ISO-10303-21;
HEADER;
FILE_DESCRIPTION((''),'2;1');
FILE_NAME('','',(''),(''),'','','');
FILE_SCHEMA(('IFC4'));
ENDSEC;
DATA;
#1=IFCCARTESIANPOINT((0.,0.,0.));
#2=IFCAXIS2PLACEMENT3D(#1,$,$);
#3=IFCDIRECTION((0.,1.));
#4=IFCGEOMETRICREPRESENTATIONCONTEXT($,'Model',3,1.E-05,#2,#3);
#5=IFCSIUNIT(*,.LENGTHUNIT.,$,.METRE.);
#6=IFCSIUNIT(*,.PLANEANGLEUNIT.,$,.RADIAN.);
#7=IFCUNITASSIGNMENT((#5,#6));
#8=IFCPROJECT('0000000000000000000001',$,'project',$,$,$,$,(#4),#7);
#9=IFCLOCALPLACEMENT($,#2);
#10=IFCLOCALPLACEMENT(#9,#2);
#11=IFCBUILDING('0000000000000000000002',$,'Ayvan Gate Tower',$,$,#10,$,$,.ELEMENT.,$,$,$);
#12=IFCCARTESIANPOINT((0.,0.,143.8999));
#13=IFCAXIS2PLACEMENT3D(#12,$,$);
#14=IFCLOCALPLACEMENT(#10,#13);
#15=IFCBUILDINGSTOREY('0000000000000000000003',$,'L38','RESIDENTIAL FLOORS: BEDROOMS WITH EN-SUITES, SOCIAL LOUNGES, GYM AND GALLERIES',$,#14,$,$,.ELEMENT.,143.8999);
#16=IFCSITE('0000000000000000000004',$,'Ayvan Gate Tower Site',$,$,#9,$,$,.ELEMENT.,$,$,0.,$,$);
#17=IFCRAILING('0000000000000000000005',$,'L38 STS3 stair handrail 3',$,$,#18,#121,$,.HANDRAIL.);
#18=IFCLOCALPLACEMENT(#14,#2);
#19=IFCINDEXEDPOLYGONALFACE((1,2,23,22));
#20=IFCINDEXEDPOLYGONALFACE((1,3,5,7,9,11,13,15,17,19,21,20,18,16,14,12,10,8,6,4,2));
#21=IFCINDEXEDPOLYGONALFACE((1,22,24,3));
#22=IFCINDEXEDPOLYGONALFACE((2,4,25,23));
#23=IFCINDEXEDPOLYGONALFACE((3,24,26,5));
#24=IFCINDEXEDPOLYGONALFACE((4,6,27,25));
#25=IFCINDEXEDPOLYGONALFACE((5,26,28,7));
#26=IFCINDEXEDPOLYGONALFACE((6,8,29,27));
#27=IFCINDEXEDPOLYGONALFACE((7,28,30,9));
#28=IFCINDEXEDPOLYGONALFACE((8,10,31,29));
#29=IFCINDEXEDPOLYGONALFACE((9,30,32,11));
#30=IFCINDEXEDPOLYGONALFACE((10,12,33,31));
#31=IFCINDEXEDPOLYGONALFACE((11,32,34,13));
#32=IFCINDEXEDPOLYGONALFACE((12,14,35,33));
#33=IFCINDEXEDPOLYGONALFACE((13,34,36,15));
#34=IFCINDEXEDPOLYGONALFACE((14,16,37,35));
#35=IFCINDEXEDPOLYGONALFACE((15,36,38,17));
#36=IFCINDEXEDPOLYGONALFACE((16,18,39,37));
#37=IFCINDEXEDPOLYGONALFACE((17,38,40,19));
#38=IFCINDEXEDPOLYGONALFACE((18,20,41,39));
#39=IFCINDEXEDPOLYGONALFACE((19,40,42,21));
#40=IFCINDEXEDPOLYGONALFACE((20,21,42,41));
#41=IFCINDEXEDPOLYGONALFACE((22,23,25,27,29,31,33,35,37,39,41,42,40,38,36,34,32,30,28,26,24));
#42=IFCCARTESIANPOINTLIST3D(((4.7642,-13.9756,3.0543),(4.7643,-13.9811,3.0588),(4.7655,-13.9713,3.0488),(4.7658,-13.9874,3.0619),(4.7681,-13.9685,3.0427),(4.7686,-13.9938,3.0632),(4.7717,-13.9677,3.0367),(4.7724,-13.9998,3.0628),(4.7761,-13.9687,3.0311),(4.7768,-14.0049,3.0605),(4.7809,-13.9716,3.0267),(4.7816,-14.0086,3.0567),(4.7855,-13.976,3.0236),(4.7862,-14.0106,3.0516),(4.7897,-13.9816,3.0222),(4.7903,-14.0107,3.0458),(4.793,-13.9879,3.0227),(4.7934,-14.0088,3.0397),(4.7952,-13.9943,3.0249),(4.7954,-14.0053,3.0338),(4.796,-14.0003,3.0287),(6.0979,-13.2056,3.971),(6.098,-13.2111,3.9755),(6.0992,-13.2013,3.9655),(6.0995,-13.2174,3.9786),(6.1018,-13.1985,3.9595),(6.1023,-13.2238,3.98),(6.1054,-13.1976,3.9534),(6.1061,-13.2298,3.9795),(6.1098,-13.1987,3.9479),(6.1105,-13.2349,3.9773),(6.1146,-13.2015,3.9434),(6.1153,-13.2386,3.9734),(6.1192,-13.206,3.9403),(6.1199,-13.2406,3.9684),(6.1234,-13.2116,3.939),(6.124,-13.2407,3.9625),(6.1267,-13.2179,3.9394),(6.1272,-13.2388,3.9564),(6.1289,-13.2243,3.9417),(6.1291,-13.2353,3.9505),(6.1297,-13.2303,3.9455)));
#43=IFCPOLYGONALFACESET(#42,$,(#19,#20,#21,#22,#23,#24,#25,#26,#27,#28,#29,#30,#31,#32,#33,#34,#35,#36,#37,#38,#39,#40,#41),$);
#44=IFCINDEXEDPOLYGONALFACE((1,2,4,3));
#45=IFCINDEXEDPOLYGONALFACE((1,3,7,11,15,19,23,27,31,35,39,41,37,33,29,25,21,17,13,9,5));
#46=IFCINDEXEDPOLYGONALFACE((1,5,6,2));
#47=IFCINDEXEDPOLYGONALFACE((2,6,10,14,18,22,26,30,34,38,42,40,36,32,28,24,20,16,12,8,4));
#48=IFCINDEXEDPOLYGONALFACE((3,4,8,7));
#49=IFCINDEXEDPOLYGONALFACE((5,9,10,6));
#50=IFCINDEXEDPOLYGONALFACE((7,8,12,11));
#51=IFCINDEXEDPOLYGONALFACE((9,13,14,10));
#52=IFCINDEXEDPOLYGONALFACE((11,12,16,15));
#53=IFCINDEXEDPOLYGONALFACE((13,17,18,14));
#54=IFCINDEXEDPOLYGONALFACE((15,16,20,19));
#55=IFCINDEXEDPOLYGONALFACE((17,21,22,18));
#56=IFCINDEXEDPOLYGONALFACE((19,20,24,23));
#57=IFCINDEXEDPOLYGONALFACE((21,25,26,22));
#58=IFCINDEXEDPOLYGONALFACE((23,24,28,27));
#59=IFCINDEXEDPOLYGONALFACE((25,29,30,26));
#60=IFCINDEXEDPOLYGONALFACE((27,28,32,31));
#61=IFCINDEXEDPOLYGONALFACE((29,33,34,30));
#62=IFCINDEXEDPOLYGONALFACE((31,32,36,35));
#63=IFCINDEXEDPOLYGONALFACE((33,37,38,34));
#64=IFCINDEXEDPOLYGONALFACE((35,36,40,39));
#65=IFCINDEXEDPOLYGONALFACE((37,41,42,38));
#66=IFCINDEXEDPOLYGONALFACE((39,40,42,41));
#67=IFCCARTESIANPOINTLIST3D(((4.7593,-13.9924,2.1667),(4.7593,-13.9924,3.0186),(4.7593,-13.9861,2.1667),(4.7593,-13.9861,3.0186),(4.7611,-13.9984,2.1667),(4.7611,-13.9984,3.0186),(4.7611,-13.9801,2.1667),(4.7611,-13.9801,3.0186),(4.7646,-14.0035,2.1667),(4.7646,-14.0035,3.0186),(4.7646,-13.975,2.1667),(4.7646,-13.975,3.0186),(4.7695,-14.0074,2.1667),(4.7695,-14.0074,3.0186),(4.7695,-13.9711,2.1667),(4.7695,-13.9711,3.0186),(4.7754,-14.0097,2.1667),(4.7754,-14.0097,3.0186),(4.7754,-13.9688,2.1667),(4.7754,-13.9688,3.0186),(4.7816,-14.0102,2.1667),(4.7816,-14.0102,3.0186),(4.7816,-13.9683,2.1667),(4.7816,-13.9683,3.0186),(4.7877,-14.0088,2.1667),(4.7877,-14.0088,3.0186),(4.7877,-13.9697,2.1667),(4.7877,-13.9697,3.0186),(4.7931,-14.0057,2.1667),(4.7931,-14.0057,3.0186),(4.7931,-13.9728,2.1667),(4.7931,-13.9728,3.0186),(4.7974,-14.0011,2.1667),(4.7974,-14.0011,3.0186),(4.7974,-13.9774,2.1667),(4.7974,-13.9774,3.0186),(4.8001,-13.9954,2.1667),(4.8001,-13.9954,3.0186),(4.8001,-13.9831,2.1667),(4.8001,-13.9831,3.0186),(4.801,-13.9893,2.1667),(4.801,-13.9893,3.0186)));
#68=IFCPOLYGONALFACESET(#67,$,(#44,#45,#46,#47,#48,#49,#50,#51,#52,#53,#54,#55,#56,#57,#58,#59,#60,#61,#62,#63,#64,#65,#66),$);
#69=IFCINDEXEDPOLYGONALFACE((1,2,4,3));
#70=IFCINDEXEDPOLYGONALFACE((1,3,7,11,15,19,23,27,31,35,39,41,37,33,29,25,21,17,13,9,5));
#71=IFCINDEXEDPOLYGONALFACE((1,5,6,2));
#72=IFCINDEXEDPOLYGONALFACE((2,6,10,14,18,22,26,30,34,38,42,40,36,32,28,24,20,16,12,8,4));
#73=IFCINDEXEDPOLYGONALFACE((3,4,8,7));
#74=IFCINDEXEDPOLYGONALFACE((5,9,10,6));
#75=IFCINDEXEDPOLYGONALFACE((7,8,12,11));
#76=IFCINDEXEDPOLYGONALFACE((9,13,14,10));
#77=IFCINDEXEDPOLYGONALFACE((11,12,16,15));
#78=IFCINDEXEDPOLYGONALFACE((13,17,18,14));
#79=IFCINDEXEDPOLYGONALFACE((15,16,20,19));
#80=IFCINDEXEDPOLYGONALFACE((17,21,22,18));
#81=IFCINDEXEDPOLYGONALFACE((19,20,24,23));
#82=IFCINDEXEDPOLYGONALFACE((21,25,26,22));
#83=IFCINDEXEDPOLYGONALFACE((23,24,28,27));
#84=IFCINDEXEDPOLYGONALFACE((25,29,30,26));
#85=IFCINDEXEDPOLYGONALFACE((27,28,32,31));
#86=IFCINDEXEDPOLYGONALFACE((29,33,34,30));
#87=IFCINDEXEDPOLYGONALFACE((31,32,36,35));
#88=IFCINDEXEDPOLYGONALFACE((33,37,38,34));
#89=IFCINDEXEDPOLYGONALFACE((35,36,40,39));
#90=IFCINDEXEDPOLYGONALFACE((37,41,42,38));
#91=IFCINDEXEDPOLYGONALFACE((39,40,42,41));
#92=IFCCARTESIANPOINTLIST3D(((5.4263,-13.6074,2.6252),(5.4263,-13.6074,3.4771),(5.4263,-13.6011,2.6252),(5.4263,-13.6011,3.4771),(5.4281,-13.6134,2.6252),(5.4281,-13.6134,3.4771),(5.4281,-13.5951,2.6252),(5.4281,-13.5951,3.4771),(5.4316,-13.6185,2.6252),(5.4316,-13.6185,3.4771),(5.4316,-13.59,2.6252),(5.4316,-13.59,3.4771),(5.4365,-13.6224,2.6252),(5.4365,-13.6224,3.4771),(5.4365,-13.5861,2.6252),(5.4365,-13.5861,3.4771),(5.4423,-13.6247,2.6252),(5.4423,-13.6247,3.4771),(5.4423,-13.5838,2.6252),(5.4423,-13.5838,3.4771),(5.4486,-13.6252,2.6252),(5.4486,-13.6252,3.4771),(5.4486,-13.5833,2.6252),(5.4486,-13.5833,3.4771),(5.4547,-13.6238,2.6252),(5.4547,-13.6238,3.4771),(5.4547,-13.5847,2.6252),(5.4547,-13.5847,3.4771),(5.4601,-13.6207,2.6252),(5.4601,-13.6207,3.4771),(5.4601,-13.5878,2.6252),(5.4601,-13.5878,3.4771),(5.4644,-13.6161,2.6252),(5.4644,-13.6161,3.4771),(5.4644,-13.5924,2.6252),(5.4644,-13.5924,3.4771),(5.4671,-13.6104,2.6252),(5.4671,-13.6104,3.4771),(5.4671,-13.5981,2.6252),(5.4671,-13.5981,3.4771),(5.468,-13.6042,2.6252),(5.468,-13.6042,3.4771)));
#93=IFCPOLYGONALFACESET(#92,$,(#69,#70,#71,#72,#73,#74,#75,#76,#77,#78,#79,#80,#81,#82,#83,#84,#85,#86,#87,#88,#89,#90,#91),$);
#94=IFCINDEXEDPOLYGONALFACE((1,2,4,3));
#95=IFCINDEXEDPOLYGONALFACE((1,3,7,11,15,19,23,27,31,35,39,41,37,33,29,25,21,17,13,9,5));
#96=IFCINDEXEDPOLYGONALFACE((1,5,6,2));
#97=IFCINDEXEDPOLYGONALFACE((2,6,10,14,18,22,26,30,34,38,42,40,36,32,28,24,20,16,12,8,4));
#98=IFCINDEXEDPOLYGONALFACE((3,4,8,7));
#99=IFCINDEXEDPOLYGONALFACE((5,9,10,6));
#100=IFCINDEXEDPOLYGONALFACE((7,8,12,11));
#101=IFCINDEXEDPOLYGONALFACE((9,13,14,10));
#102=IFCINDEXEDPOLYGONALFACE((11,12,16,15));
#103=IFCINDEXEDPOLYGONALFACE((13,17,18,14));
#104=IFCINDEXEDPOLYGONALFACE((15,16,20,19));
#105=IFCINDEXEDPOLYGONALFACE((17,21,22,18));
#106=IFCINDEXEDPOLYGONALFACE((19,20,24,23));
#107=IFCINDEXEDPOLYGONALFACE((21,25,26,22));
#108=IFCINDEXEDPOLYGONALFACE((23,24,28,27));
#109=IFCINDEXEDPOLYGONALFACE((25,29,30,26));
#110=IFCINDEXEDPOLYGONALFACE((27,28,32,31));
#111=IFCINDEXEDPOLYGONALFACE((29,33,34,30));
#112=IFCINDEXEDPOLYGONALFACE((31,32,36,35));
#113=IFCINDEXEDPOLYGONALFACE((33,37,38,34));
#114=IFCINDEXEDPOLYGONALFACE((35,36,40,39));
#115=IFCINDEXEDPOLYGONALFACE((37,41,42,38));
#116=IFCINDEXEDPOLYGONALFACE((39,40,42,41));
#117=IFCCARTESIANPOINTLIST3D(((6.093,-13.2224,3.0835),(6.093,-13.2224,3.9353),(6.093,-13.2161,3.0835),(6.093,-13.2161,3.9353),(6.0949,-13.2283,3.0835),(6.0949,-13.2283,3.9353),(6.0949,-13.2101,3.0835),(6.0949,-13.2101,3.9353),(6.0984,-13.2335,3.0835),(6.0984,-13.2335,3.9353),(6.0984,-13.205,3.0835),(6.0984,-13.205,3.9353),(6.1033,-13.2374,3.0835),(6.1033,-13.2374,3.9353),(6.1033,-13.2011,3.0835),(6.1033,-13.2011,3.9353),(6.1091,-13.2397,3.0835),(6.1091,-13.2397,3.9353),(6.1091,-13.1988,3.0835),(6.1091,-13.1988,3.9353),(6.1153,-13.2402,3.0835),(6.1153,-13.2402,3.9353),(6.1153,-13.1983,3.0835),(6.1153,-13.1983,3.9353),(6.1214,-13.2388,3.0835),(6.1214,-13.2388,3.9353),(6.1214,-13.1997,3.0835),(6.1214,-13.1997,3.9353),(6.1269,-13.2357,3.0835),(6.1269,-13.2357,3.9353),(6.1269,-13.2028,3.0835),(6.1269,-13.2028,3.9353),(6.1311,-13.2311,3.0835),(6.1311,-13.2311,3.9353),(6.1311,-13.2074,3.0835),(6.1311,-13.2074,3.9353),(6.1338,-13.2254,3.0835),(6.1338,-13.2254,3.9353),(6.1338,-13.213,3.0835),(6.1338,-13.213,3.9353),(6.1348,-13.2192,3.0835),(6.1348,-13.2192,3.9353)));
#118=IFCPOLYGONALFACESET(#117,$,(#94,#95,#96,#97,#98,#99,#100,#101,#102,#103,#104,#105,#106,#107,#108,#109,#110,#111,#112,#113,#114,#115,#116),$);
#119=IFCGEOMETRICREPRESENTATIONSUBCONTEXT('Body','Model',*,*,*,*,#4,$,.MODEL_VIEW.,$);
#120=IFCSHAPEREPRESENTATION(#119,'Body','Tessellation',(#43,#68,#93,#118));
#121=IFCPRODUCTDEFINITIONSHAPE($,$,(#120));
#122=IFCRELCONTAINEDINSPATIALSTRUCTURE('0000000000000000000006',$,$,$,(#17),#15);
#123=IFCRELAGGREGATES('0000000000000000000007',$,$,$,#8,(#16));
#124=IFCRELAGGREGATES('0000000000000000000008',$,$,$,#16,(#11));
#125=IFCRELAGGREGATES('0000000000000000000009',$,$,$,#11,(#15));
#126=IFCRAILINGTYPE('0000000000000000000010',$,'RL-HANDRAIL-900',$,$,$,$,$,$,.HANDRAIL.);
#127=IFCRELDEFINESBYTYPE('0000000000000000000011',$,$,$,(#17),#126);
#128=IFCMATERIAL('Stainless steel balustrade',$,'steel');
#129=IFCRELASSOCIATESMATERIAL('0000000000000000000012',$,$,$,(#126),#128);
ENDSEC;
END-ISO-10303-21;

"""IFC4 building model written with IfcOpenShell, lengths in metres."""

from ifc_helpers import new_model, si_unit, direction, frame, origin, origin_2d, place, context, subcontext, project, spatial, circle, extrude, material, type_object, element, save


model = new_model("IFC4")

# Units and contexts
model_context = context("Model", 3, precision=1e-05, world=origin(), true_north=direction((0.0, 1.0)))
body_context = subcontext(model_context, "Body", "Model", "MODEL_VIEW")
ifc_project = project(units=[si_unit("LENGTHUNIT", "METRE"), si_unit("PLANEANGLEUNIT", "RADIAN")], contexts=[model_context])

# Site, building, storey
site_placement = place(None, origin())
site = spatial("IfcSite", under=ifc_project, at=site_placement, Name="Ayvan Gate Tower Site", CompositionType="ELEMENT", RefElevation=0.0)
building_placement = place(site_placement, origin())
building = spatial("IfcBuilding", under=site, at=building_placement, Name="Ayvan Gate Tower", CompositionType="ELEMENT")
storey_placement = place(building_placement, frame((0.0, 0.0, 143.8999)))
storey = spatial("IfcBuildingStorey", under=building, at=storey_placement, Name="L38", Description="RESIDENTIAL FLOORS: BEDROOMS WITH EN-SUITES, SOCIAL LOUNGES, GYM AND GALLERIES", CompositionType="ELEMENT", Elevation=143.8999)

# Railing
ifc_material_1 = material(Name="Stainless steel balustrade", Category="steel")
railing_type_1 = type_object("IfcRailingType", Name="RL-HANDRAIL-900", PredefinedType="HANDRAIL", material=ifc_material_1)
railing_1_placement = place(storey_placement, frame((4.78, -13.9893, 2.1667)))
element("IfcRailing", 1, at=railing_1_placement, inside=storey, type_object=railing_type_1, Name="L38 STS3 stair handrail 3", PredefinedType="HANDRAIL", context=body_context, shape_type="SweptSolid", body=[
    extrude(circle(Radius=0.0239, at=origin_2d()), frame((0.0, 0.0, 0.876), z_axis=(0.744164, 0.429634, 0.511502), x_axis=(-0.499992, 0.86603, 0.0)), (0.0, 0.0, 1.0), 1.7922),
    extrude(circle(Radius=0.021, at=origin_2d()), origin(), (0.0, 0.0, 1.0), 0.8518),
    extrude(circle(Radius=0.021, at=origin_2d()), frame((0.667, 0.385, 0.4585)), (0.0, 0.0, 1.0), 0.8518),
    extrude(circle(Radius=0.021, at=origin_2d()), frame((1.3337, 0.77, 0.9167)), (0.0, 0.0, 1.0), 0.8518),
])

save(model, "model.ifc")
